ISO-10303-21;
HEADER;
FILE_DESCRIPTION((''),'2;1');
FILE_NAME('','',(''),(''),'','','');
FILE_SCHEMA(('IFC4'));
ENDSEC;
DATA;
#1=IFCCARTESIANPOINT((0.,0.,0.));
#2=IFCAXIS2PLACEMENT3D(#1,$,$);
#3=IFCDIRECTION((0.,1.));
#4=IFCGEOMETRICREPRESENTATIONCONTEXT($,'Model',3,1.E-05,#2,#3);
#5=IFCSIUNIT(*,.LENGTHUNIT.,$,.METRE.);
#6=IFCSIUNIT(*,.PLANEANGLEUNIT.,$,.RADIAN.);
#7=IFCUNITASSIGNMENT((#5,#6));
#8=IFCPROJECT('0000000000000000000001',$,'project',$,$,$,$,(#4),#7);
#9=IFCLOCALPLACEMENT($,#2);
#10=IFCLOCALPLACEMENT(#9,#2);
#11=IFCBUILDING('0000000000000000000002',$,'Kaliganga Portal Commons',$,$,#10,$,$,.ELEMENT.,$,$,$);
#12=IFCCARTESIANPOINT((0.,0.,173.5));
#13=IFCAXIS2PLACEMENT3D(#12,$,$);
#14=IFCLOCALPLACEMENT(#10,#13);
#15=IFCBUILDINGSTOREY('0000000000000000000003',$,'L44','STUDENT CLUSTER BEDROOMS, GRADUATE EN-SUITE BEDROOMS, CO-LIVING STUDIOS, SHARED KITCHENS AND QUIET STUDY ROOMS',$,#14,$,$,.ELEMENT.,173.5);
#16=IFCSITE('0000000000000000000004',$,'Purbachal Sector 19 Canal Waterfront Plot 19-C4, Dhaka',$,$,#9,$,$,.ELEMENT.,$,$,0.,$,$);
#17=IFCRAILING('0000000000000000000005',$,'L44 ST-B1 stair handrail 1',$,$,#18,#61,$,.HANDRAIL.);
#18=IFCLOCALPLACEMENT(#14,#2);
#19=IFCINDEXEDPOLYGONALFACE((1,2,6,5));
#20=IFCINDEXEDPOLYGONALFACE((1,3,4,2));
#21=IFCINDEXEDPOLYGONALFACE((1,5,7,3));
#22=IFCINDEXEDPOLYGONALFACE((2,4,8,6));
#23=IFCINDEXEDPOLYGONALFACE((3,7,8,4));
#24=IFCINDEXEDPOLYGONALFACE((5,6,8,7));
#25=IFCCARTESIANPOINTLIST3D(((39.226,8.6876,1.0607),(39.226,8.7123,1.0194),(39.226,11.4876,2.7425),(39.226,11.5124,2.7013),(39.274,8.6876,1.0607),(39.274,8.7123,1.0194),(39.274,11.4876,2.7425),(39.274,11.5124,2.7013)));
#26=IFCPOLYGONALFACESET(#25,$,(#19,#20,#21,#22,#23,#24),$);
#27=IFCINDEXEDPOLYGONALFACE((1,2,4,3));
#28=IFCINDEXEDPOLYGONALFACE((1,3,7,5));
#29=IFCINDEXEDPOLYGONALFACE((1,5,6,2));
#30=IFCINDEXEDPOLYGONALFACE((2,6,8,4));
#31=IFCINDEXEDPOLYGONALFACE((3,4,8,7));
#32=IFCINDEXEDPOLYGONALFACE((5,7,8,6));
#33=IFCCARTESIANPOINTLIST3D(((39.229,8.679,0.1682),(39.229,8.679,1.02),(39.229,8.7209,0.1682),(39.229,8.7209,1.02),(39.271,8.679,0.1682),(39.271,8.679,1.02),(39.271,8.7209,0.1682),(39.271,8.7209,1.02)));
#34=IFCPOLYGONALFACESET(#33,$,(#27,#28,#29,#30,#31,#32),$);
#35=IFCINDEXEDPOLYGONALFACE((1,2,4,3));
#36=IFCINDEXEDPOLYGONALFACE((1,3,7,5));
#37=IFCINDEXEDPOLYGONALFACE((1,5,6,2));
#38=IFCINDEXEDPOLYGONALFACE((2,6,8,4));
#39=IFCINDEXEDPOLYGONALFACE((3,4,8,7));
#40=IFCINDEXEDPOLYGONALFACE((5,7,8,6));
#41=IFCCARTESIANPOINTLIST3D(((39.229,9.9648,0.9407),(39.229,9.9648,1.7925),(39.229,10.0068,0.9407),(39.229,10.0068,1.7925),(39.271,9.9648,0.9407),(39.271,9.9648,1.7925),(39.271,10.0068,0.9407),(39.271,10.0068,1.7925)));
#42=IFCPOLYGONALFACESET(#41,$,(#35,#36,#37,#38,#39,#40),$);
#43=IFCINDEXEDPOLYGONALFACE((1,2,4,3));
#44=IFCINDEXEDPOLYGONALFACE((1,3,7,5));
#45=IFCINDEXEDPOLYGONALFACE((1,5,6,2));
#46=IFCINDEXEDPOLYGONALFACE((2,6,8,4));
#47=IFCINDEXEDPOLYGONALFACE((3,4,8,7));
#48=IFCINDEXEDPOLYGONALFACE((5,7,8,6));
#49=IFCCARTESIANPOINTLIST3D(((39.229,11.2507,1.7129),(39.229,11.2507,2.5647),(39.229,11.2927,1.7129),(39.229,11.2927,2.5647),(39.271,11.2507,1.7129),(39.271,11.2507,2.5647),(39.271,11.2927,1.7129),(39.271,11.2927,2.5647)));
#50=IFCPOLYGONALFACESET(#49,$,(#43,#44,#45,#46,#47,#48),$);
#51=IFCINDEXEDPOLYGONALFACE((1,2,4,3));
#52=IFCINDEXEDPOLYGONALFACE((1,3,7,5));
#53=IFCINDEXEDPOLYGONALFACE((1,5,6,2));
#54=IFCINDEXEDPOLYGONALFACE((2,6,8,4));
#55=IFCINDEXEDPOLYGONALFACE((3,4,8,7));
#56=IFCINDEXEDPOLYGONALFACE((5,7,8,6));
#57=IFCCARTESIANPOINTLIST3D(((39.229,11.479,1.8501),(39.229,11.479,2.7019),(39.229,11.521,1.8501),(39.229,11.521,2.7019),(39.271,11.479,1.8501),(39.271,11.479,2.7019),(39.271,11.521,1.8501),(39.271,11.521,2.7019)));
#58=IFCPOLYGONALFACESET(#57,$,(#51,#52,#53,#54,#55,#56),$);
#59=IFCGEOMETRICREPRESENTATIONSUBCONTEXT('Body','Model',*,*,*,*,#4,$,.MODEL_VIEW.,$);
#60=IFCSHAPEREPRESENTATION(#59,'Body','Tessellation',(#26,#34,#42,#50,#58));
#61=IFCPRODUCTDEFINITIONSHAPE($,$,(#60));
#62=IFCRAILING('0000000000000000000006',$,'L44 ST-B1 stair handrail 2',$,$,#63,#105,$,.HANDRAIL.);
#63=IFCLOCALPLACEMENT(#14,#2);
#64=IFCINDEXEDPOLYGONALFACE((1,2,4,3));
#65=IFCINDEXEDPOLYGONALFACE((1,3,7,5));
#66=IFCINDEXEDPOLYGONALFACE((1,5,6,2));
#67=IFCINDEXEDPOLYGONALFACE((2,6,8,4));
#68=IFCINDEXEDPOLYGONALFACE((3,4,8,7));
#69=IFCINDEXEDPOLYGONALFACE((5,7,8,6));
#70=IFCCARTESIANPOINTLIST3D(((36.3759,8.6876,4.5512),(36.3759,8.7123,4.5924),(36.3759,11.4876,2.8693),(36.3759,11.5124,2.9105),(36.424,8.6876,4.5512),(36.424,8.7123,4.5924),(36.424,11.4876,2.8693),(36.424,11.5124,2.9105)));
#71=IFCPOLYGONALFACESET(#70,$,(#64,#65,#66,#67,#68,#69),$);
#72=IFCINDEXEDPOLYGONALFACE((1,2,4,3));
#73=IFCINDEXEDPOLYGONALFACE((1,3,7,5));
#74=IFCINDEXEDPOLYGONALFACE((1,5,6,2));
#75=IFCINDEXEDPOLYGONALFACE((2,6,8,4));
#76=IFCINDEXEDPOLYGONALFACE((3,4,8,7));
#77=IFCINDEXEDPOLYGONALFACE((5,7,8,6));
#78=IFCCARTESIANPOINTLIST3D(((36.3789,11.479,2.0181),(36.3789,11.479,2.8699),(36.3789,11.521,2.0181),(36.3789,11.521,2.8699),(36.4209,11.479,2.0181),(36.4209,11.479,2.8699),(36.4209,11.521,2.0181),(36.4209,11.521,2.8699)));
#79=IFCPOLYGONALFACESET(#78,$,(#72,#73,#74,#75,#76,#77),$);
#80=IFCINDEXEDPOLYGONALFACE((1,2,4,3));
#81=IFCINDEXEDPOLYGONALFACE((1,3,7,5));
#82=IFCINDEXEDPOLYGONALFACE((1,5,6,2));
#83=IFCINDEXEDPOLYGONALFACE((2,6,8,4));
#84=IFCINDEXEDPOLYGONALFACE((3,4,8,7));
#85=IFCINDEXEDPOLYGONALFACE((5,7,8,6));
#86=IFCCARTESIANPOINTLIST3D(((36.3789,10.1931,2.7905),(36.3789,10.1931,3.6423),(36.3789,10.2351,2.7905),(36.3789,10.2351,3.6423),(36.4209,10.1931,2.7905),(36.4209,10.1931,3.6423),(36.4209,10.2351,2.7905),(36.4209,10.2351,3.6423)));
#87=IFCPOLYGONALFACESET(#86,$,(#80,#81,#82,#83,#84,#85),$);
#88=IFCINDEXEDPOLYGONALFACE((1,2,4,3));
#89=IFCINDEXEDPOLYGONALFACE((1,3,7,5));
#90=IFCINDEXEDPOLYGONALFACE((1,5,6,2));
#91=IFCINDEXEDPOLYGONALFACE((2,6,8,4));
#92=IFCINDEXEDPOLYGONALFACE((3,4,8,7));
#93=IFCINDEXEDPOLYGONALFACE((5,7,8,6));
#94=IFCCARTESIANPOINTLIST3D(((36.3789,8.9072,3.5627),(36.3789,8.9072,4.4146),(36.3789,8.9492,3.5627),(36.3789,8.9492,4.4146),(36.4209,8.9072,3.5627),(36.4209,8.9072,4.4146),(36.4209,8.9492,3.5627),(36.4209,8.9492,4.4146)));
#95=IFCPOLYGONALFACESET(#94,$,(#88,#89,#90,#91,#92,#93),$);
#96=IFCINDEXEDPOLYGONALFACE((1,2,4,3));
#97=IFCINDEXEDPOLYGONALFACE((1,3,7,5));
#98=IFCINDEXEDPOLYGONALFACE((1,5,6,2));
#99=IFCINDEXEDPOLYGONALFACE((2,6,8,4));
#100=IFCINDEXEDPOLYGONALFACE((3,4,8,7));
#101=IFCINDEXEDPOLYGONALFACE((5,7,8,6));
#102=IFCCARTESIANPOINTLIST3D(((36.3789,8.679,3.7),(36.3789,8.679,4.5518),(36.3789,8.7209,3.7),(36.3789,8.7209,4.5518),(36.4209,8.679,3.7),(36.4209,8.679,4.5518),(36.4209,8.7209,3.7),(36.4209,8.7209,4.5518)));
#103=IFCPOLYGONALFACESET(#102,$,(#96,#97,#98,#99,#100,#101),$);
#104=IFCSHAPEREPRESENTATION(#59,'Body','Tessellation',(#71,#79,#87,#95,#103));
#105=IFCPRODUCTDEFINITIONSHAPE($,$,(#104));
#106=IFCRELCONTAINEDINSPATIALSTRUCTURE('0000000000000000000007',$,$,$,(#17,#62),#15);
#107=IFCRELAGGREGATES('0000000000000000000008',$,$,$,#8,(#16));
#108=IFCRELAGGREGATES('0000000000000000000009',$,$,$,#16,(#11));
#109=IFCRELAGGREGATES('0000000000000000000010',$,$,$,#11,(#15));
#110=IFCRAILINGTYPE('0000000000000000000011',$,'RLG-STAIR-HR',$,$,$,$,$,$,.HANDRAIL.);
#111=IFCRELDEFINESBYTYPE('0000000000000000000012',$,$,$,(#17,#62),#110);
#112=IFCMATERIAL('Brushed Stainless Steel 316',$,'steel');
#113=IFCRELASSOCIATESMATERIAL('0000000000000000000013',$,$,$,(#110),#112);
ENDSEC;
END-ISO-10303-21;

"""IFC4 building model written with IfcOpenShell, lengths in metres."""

from ifc_helpers import new_model, si_unit, direction, frame, origin, origin_2d, place, context, subcontext, project, spatial, rectangle, extrude, material, type_object, element, save


model = new_model("IFC4")

# Units and contexts
model_context = context("Model", 3, precision=1e-05, world=origin(), true_north=direction((0.0, 1.0)))
body_context = subcontext(model_context, "Body", "Model", "MODEL_VIEW")
ifc_project = project(units=[si_unit("LENGTHUNIT", "METRE"), si_unit("PLANEANGLEUNIT", "RADIAN")], contexts=[model_context])

# Site, building, storey
site_placement = place(None, origin())
site = spatial("IfcSite", under=ifc_project, at=site_placement, Name="Purbachal Sector 19 Canal Waterfront Plot 19-C4, Dhaka", CompositionType="ELEMENT", RefElevation=0.0)
building_placement = place(site_placement, origin())
building = spatial("IfcBuilding", under=site, at=building_placement, Name="Kaliganga Portal Commons", CompositionType="ELEMENT")
storey_placement = place(building_placement, frame((0.0, 0.0, 173.5)))
storey = spatial("IfcBuildingStorey", under=building, at=storey_placement, Name="L44", Description="STUDENT CLUSTER BEDROOMS, GRADUATE EN-SUITE BEDROOMS, CO-LIVING STUDIOS, SHARED KITCHENS AND QUIET STUDY ROOMS", CompositionType="ELEMENT", Elevation=173.5)

# Railings
ifc_material_1 = material(Name="Brushed Stainless Steel 316", Category="steel")
railing_type_1 = type_object("IfcRailingType", Name="RLG-STAIR-HR", PredefinedType="HANDRAIL", material=ifc_material_1)
railing_1_placement = place(storey_placement, frame((39.25, 8.7, 0.1682)))
element("IfcRailing", 1, at=railing_1_placement, inside=storey, type_object=railing_type_1, Name="L44 ST-B1 stair handrail 1", PredefinedType="HANDRAIL", context=body_context, shape_type="SweptSolid", body=[
    extrude(rectangle(XDim=0.0481, YDim=0.0481, at=origin_2d()), frame((0.0, 0.0, 0.8718), z_axis=(0.0, 0.857242, 0.514913), x_axis=(-1.0, 0.0, 0.0)), (0.0, 0.0, 1.0), 3.2664),
    extrude(rectangle(XDim=0.042, YDim=0.042, at=origin_2d()), origin(), (0.0, 0.0, 1.0), 0.8518),
    extrude(rectangle(XDim=0.042, YDim=0.042, at=origin_2d()), frame((0.0, 1.2859, 0.7725)), (0.0, 0.0, 1.0), 0.8518),
    extrude(rectangle(XDim=0.042, YDim=0.042, at=origin_2d()), frame((0.0, 2.5718, 1.5447)), (0.0, 0.0, 1.0), 0.8518),
    extrude(rectangle(XDim=0.042, YDim=0.042, at=origin_2d()), frame((0.0, 2.8, 1.6819)), (0.0, 0.0, 1.0), 0.8518),
])
railing_2_placement = place(storey_placement, frame((36.3999, 11.5, 2.0181)))
element("IfcRailing", 2, at=railing_2_placement, inside=storey, type_object=railing_type_1, Name="L44 ST-B1 stair handrail 2", PredefinedType="HANDRAIL", context=body_context, shape_type="SweptSolid", body=[
    extrude(rectangle(XDim=0.0481, YDim=0.0481, at=origin_2d()), frame((0.0, 0.0, 0.8718), z_axis=(0.0, -0.857242, 0.514913), x_axis=(1.0, 0.0, 0.0)), (0.0, 0.0, 1.0), 3.2664),
    extrude(rectangle(XDim=0.042, YDim=0.042, at=origin_2d()), origin(), (0.0, 0.0, 1.0), 0.8518),
    extrude(rectangle(XDim=0.042, YDim=0.042, at=origin_2d()), frame((0.0, -1.2859, 0.7725)), (0.0, 0.0, 1.0), 0.8518),
    extrude(rectangle(XDim=0.042, YDim=0.042, at=origin_2d()), frame((0.0, -2.5718, 1.5447)), (0.0, 0.0, 1.0), 0.8518),
    extrude(rectangle(XDim=0.042, YDim=0.042, at=origin_2d()), frame((0.0, -2.8, 1.6819)), (0.0, 0.0, 1.0), 0.8518),
])

save(model, "model.ifc")
